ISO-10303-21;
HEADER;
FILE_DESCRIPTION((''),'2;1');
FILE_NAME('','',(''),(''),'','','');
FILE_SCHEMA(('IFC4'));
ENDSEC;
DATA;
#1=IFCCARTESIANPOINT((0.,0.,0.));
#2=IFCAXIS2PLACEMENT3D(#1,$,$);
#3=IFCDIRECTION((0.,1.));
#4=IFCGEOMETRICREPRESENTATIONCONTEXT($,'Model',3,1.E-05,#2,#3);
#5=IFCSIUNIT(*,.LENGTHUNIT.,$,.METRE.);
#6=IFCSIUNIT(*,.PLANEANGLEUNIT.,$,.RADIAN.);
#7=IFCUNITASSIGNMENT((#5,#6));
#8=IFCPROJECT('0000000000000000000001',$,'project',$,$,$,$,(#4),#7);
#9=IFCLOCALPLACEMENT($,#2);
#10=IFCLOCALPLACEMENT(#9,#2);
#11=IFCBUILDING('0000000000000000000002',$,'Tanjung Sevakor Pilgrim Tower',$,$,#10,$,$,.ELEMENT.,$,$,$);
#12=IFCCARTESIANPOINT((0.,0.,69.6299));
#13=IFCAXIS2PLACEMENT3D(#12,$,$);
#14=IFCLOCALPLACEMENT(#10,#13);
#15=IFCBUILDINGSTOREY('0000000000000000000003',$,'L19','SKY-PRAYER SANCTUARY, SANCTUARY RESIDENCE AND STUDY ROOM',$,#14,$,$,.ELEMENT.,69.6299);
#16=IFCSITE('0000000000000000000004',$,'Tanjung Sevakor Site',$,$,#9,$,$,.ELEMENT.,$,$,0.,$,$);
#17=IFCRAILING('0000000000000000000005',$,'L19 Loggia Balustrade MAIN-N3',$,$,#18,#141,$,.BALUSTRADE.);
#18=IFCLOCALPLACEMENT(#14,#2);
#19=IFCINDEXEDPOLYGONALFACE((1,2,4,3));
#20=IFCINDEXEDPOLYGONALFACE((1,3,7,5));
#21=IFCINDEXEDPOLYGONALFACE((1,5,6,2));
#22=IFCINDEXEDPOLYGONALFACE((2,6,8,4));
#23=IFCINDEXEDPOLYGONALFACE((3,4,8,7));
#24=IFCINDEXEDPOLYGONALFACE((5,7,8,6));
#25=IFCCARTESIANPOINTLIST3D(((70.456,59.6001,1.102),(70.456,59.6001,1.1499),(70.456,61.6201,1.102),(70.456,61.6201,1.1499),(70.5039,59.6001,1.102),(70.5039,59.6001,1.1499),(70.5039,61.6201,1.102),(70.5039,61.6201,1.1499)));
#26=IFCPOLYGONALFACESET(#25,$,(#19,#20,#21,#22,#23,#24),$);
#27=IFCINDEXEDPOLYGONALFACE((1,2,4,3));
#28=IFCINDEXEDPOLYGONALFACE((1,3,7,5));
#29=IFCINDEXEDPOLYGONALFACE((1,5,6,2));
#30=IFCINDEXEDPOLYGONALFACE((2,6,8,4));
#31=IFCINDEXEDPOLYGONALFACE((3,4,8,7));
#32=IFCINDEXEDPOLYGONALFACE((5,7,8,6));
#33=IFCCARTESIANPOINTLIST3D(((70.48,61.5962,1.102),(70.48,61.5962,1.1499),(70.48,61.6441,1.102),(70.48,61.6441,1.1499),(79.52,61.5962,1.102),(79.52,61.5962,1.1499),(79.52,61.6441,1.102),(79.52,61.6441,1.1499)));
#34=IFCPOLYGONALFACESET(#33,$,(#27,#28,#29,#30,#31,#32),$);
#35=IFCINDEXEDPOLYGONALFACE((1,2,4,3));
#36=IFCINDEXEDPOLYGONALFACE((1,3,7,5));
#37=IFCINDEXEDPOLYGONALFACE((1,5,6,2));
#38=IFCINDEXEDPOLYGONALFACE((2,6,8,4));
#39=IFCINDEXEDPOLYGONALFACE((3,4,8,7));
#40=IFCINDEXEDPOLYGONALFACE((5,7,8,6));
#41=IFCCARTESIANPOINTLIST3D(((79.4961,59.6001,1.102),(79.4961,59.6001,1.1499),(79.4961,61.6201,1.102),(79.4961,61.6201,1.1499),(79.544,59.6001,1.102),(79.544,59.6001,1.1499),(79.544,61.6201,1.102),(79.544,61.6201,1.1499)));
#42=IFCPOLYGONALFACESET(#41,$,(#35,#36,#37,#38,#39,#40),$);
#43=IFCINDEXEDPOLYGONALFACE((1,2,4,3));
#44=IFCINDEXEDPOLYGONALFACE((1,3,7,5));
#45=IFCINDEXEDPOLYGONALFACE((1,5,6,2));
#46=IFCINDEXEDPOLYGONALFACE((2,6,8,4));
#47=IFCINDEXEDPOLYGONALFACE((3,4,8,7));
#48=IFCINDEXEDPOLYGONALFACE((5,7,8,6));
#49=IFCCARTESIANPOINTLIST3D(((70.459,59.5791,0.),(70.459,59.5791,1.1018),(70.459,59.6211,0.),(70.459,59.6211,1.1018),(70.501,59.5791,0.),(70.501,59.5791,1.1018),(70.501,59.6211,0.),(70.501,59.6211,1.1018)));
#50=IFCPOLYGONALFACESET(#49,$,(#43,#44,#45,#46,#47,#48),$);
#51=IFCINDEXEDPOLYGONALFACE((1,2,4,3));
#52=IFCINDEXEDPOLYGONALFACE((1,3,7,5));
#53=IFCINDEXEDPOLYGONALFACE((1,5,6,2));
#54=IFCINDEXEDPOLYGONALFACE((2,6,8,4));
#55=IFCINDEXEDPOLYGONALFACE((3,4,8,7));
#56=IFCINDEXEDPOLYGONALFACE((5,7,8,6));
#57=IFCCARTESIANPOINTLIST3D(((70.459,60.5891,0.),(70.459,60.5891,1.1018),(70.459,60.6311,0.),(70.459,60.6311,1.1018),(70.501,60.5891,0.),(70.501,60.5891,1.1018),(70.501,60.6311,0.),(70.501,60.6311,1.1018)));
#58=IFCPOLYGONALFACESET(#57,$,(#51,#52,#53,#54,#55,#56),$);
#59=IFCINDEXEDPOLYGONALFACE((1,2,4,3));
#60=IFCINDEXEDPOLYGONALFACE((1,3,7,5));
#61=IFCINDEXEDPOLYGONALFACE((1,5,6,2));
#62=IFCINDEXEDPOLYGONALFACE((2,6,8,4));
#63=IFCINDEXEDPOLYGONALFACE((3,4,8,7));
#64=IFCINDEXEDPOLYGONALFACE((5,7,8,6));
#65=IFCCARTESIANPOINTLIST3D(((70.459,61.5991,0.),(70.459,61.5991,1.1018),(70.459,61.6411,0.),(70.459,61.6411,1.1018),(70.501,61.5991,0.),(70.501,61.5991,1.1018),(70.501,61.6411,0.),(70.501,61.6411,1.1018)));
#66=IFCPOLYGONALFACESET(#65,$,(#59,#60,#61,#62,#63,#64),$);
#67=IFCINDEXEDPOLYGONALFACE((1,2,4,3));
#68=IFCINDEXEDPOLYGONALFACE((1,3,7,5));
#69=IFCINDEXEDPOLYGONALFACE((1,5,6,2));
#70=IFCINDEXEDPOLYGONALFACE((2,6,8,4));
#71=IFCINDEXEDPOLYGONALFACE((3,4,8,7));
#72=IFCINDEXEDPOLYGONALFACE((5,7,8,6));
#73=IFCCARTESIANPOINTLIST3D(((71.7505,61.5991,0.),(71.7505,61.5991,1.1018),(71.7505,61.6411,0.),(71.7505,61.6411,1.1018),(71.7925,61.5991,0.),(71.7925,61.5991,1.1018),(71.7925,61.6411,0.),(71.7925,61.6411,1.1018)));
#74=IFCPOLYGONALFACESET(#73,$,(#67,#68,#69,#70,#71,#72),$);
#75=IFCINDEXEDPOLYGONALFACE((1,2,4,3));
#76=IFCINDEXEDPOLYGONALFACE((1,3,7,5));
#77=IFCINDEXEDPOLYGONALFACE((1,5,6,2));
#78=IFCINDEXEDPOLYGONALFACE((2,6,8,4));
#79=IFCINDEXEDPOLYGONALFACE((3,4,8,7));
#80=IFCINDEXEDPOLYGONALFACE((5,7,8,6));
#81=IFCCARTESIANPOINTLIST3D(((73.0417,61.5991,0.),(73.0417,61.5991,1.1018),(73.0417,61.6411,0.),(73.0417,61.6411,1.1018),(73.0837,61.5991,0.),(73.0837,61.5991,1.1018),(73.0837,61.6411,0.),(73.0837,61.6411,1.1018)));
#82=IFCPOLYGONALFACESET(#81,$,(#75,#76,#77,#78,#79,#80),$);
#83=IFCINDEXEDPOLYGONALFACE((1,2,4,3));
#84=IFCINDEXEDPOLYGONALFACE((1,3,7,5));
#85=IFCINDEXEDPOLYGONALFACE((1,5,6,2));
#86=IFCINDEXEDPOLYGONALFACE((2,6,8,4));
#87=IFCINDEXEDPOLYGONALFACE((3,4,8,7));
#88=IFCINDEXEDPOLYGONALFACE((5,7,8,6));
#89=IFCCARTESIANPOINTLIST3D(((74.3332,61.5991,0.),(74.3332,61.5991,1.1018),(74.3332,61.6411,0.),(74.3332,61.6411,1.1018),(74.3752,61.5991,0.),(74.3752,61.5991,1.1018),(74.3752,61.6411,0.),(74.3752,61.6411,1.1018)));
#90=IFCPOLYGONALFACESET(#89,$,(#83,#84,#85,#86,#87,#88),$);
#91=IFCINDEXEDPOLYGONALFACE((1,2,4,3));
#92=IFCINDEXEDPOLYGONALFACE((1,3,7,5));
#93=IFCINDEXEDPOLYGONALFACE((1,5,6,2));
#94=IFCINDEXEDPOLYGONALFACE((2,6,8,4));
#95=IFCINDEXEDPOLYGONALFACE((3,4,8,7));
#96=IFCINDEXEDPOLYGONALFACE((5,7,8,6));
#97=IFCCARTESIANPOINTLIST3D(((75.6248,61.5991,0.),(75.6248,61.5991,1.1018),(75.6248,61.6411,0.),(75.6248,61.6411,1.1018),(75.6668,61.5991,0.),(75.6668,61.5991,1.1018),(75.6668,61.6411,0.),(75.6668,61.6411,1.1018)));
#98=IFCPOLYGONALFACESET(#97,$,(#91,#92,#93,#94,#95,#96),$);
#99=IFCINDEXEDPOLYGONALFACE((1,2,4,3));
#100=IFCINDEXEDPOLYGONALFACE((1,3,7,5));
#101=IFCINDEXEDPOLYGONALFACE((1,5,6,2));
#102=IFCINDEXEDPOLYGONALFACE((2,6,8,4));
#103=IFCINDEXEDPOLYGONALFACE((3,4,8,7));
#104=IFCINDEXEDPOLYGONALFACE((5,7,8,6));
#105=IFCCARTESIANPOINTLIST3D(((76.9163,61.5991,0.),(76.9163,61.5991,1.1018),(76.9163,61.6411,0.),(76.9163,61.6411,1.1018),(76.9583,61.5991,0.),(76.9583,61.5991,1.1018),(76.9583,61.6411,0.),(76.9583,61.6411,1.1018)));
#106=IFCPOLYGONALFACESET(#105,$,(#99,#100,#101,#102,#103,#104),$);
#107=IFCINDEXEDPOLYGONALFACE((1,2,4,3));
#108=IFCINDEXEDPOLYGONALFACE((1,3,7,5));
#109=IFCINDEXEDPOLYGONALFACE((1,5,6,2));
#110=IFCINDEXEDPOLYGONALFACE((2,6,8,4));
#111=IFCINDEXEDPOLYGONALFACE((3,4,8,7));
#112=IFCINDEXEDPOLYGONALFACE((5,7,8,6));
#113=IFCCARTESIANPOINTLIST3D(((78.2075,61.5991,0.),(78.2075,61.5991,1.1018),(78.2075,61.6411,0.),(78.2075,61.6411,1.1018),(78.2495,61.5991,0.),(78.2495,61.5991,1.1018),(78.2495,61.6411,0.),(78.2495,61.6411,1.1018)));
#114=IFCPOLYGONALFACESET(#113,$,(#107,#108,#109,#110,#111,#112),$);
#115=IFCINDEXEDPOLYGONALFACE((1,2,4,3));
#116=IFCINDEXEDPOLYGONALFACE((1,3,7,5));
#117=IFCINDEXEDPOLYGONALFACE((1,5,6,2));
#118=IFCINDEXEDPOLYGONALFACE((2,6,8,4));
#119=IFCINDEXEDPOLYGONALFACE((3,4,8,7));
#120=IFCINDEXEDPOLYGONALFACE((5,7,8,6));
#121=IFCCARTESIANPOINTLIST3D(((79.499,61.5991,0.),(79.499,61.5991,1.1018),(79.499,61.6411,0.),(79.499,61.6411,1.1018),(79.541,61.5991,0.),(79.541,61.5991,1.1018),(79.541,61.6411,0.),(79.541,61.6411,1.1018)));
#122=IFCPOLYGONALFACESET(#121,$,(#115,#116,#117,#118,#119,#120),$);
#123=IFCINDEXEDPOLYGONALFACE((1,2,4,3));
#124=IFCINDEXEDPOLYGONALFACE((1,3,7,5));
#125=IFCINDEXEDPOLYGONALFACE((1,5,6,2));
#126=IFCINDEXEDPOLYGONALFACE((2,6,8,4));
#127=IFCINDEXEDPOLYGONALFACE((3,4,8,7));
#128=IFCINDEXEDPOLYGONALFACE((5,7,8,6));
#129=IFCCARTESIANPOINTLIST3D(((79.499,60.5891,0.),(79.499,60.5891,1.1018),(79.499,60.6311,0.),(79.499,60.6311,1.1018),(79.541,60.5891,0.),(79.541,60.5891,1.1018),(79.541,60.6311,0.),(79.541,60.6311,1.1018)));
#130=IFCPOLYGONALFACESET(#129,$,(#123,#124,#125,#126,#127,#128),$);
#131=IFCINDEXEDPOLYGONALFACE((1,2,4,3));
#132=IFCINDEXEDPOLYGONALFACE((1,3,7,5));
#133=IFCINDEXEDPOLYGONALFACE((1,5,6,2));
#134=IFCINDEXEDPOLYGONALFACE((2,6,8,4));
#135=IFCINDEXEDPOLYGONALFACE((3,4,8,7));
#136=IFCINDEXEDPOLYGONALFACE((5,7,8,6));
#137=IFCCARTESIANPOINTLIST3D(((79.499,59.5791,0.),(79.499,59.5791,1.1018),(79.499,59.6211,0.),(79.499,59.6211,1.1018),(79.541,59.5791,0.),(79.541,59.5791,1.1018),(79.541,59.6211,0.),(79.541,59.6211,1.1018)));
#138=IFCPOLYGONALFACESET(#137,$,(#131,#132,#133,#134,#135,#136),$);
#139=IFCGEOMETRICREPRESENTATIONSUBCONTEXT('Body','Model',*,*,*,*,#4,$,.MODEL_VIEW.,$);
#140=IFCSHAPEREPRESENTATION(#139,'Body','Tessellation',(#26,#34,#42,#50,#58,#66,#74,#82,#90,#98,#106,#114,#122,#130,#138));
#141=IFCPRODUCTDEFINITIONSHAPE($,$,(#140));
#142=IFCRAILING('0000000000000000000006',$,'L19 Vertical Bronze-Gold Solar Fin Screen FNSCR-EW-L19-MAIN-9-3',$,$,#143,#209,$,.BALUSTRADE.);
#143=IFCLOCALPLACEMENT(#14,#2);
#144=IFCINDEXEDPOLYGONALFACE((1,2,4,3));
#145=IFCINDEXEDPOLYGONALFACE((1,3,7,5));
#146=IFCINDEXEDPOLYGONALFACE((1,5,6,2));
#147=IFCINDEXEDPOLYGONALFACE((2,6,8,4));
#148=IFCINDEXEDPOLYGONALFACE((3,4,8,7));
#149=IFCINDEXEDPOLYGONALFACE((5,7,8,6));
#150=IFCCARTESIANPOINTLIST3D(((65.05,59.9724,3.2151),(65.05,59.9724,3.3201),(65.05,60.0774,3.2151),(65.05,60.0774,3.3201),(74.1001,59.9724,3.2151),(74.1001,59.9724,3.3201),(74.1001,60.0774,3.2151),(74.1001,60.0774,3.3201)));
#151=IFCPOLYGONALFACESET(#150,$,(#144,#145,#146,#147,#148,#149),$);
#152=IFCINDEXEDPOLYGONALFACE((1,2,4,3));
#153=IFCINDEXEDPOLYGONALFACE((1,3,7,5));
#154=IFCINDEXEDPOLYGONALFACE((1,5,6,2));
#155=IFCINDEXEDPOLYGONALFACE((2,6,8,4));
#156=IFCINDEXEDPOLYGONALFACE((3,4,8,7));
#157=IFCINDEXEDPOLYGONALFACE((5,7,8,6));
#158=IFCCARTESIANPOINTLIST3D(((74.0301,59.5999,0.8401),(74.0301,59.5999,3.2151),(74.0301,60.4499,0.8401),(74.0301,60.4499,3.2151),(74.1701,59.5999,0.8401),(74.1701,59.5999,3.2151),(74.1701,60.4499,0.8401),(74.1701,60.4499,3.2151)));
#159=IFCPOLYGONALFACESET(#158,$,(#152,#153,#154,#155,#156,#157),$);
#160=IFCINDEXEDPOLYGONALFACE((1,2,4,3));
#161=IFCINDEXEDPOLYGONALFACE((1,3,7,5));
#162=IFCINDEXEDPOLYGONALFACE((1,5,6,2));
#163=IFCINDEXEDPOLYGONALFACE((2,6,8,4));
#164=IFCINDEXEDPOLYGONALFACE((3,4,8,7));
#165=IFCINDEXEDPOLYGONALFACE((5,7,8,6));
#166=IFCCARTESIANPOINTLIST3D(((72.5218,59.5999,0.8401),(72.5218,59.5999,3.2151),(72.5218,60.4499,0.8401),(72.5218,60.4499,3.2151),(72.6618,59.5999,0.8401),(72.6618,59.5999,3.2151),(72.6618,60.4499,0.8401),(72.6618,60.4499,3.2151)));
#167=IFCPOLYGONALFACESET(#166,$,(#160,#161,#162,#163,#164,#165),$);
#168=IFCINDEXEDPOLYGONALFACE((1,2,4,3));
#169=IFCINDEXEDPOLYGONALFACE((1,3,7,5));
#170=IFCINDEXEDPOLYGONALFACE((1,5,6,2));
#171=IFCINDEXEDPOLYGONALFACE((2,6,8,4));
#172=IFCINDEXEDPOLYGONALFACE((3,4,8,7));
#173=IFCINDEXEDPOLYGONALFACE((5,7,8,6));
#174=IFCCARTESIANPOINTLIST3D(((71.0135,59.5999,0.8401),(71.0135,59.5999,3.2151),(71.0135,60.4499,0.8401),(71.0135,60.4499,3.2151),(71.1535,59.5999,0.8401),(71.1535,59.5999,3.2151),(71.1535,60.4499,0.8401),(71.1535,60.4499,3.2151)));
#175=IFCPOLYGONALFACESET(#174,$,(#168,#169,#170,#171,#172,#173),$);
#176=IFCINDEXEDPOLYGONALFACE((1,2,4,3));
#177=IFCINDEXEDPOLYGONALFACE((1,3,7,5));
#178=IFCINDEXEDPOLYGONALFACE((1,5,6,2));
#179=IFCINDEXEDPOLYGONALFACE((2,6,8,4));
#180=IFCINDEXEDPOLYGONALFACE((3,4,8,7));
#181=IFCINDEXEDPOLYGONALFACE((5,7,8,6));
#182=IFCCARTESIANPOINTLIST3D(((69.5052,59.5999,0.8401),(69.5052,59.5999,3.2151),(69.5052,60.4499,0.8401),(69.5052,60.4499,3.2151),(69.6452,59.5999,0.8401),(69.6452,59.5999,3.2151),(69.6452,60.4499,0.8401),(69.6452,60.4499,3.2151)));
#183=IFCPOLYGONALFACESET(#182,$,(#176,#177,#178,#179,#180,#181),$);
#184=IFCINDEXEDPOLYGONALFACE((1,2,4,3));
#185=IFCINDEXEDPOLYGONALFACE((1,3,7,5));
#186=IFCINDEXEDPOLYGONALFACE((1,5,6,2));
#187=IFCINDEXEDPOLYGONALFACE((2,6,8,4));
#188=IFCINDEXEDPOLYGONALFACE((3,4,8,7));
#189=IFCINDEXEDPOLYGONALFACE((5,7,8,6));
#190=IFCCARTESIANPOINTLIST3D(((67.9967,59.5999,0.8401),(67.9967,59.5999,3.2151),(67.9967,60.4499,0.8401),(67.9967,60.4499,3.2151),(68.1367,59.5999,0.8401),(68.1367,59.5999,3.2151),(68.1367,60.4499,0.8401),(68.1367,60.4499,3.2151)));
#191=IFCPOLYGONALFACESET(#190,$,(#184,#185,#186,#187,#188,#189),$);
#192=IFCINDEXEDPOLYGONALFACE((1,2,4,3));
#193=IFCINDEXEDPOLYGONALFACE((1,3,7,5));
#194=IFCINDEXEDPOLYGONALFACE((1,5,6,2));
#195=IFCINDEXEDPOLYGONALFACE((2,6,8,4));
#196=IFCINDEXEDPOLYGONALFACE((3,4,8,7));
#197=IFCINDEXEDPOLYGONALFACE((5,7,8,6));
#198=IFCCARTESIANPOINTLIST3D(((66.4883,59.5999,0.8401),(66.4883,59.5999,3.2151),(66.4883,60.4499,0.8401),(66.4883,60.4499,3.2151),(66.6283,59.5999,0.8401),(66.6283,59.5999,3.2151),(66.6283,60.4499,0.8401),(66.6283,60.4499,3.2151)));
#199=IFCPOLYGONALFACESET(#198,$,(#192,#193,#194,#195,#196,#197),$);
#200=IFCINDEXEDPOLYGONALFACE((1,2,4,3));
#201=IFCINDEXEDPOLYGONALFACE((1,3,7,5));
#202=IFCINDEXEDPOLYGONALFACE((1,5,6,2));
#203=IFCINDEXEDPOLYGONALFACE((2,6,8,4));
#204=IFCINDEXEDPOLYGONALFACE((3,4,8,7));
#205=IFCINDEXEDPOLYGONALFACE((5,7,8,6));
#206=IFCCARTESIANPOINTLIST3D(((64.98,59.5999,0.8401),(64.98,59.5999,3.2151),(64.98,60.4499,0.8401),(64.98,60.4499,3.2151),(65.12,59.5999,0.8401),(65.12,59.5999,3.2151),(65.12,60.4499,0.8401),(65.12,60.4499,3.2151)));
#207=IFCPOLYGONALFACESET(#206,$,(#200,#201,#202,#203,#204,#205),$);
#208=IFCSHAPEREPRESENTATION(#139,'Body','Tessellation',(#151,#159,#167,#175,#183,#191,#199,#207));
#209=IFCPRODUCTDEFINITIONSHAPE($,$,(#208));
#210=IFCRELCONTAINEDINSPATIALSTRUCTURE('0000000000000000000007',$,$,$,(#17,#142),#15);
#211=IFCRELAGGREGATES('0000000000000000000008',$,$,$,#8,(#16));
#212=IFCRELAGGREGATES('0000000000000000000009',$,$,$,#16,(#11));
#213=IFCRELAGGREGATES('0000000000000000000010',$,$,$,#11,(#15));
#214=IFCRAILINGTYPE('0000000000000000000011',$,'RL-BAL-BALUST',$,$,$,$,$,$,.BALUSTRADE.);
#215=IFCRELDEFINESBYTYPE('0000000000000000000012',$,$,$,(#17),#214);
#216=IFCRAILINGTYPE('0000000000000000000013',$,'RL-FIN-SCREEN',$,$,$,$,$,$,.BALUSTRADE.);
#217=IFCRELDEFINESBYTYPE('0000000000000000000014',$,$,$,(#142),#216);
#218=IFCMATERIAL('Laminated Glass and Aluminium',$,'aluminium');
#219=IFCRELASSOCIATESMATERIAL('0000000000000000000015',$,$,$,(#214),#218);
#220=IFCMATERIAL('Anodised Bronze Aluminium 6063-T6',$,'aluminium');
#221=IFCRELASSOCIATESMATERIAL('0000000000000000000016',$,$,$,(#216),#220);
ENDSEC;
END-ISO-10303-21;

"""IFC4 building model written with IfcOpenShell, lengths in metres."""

from ifc_helpers import new_model, si_unit, direction, frame, origin, place, context, subcontext, project, spatial, rectangle, extrude, material, type_object, element, save


model = new_model("IFC4")

# Units and contexts
model_context = context("Model", 3, precision=1e-05, world=origin(), true_north=direction((0.0, 1.0)))
body_context = subcontext(model_context, "Body", "Model", "MODEL_VIEW")
ifc_project = project(units=[si_unit("LENGTHUNIT", "METRE"), si_unit("PLANEANGLEUNIT", "RADIAN")], contexts=[model_context])

# Site, building, storey
site_placement = place(None, origin())
site = spatial("IfcSite", under=ifc_project, at=site_placement, Name="Tanjung Sevakor Site", CompositionType="ELEMENT", RefElevation=0.0)
building_placement = place(site_placement, origin())
building = spatial("IfcBuilding", under=site, at=building_placement, Name="Tanjung Sevakor Pilgrim Tower", CompositionType="ELEMENT")
storey_placement = place(building_placement, frame((0.0, 0.0, 69.6299)))
storey = spatial("IfcBuildingStorey", under=building, at=storey_placement, Name="L19", Description="SKY-PRAYER SANCTUARY, SANCTUARY RESIDENCE AND STUDY ROOM", CompositionType="ELEMENT", Elevation=69.6299)

# Railings
ifc_material_1 = material(Name="Laminated Glass and Aluminium", Category="aluminium")
railing_type_1 = type_object("IfcRailingType", Name="RL-BAL-BALUST", PredefinedType="BALUSTRADE", material=ifc_material_1)
railing_1_placement = place(storey_placement, frame((70.48, 59.6001, 0.0)))
element("IfcRailing", 1, at=railing_1_placement, inside=storey, type_object=railing_type_1, Name="L19 Loggia Balustrade MAIN-N3", PredefinedType="BALUSTRADE", context=body_context, shape_type="SweptSolid", body=[
    extrude(rectangle(XDim=0.0479, YDim=0.0479), frame((0.0, 0.0, 1.126), z_axis=(0.0, 1.0, 0.0), x_axis=(-1.0, 0.0, 0.0)), (0.0, 0.0, 1.0), 2.02),
    extrude(rectangle(XDim=0.0479, YDim=0.0479), frame((0.0, 2.02, 1.126), z_axis=(1.0, 0.0, 0.0), x_axis=(0.0, 1.0, 0.0)), (0.0, 0.0, 1.0), 9.04),
    extrude(rectangle(XDim=0.0479, YDim=0.0479), frame((9.04, 2.02, 1.126), z_axis=(0.0, -1.0, 0.0), x_axis=(1.0, 0.0, 0.0)), (0.0, 0.0, 1.0), 2.02),
    extrude(rectangle(XDim=0.042, YDim=0.042), origin(), (0.0, 0.0, 1.0), 1.1018),
    extrude(rectangle(XDim=0.042, YDim=0.042), frame((0.0, 1.01, 0.0)), (0.0, 0.0, 1.0), 1.1018),
    extrude(rectangle(XDim=0.042, YDim=0.042), frame((0.0, 2.02, 0.0)), (0.0, 0.0, 1.0), 1.1018),
    extrude(rectangle(XDim=0.042, YDim=0.042), frame((1.2915, 2.02, 0.0)), (0.0, 0.0, 1.0), 1.1018),
    extrude(rectangle(XDim=0.042, YDim=0.042), frame((2.5828, 2.02, 0.0)), (0.0, 0.0, 1.0), 1.1018),
    extrude(rectangle(XDim=0.042, YDim=0.042), frame((3.8743, 2.02, 0.0)), (0.0, 0.0, 1.0), 1.1018),
    extrude(rectangle(XDim=0.042, YDim=0.042), frame((5.1658, 2.02, 0.0)), (0.0, 0.0, 1.0), 1.1018),
    extrude(rectangle(XDim=0.042, YDim=0.042), frame((6.4573, 2.02, 0.0)), (0.0, 0.0, 1.0), 1.1018),
    extrude(rectangle(XDim=0.042, YDim=0.042), frame((7.7485, 2.02, 0.0)), (0.0, 0.0, 1.0), 1.1018),
    extrude(rectangle(XDim=0.042, YDim=0.042), frame((9.04, 2.02, 0.0)), (0.0, 0.0, 1.0), 1.1018),
    extrude(rectangle(XDim=0.042, YDim=0.042), frame((9.04, 1.01, 0.0)), (0.0, 0.0, 1.0), 1.1018),
    extrude(rectangle(XDim=0.042, YDim=0.042), frame((9.04, 0.0, 0.0)), (0.0, 0.0, 1.0), 1.1018),
])
ifc_material_2 = material(Name="Anodised Bronze Aluminium 6063-T6", Category="aluminium")
railing_type_2 = type_object("IfcRailingType", Name="RL-FIN-SCREEN", PredefinedType="BALUSTRADE", material=ifc_material_2)
railing_2_placement = place(storey_placement, frame((74.1001, 60.0249, 0.8401)))
element("IfcRailing", 2, at=railing_2_placement, inside=storey, type_object=railing_type_2, Name="L19 Vertical Bronze-Gold Solar Fin Screen FNSCR-EW-L19-MAIN-9-3", PredefinedType="BALUSTRADE", context=body_context, shape_type="SweptSolid", body=[
    extrude(rectangle(XDim=0.105, YDim=0.105), frame((0.0, 0.0, 2.4275), z_axis=(-1.0, 0.0, 0.0), x_axis=(0.0, -1.0, 0.0)), (0.0, 0.0, 1.0), 9.05),
    extrude(rectangle(XDim=0.14, YDim=0.85), origin(), (0.0, 0.0, 1.0), 2.375),
    extrude(rectangle(XDim=0.14, YDim=0.85), frame((-1.5083, 0.0, 0.0)), (0.0, 0.0, 1.0), 2.375),
    extrude(rectangle(XDim=0.14, YDim=0.85), frame((-3.0166, 0.0, 0.0)), (0.0, 0.0, 1.0), 2.375),
    extrude(rectangle(XDim=0.14, YDim=0.85), frame((-4.5249, 0.0, 0.0)), (0.0, 0.0, 1.0), 2.375),
    extrude(rectangle(XDim=0.14, YDim=0.85), frame((-6.0334, 0.0, 0.0)), (0.0, 0.0, 1.0), 2.375),
    extrude(rectangle(XDim=0.14, YDim=0.85), frame((-7.5417, 0.0, 0.0)), (0.0, 0.0, 1.0), 2.375),
    extrude(rectangle(XDim=0.14, YDim=0.85), frame((-9.05, 0.0, 0.0)), (0.0, 0.0, 1.0), 2.375),
])

save(model, "model.ifc")
